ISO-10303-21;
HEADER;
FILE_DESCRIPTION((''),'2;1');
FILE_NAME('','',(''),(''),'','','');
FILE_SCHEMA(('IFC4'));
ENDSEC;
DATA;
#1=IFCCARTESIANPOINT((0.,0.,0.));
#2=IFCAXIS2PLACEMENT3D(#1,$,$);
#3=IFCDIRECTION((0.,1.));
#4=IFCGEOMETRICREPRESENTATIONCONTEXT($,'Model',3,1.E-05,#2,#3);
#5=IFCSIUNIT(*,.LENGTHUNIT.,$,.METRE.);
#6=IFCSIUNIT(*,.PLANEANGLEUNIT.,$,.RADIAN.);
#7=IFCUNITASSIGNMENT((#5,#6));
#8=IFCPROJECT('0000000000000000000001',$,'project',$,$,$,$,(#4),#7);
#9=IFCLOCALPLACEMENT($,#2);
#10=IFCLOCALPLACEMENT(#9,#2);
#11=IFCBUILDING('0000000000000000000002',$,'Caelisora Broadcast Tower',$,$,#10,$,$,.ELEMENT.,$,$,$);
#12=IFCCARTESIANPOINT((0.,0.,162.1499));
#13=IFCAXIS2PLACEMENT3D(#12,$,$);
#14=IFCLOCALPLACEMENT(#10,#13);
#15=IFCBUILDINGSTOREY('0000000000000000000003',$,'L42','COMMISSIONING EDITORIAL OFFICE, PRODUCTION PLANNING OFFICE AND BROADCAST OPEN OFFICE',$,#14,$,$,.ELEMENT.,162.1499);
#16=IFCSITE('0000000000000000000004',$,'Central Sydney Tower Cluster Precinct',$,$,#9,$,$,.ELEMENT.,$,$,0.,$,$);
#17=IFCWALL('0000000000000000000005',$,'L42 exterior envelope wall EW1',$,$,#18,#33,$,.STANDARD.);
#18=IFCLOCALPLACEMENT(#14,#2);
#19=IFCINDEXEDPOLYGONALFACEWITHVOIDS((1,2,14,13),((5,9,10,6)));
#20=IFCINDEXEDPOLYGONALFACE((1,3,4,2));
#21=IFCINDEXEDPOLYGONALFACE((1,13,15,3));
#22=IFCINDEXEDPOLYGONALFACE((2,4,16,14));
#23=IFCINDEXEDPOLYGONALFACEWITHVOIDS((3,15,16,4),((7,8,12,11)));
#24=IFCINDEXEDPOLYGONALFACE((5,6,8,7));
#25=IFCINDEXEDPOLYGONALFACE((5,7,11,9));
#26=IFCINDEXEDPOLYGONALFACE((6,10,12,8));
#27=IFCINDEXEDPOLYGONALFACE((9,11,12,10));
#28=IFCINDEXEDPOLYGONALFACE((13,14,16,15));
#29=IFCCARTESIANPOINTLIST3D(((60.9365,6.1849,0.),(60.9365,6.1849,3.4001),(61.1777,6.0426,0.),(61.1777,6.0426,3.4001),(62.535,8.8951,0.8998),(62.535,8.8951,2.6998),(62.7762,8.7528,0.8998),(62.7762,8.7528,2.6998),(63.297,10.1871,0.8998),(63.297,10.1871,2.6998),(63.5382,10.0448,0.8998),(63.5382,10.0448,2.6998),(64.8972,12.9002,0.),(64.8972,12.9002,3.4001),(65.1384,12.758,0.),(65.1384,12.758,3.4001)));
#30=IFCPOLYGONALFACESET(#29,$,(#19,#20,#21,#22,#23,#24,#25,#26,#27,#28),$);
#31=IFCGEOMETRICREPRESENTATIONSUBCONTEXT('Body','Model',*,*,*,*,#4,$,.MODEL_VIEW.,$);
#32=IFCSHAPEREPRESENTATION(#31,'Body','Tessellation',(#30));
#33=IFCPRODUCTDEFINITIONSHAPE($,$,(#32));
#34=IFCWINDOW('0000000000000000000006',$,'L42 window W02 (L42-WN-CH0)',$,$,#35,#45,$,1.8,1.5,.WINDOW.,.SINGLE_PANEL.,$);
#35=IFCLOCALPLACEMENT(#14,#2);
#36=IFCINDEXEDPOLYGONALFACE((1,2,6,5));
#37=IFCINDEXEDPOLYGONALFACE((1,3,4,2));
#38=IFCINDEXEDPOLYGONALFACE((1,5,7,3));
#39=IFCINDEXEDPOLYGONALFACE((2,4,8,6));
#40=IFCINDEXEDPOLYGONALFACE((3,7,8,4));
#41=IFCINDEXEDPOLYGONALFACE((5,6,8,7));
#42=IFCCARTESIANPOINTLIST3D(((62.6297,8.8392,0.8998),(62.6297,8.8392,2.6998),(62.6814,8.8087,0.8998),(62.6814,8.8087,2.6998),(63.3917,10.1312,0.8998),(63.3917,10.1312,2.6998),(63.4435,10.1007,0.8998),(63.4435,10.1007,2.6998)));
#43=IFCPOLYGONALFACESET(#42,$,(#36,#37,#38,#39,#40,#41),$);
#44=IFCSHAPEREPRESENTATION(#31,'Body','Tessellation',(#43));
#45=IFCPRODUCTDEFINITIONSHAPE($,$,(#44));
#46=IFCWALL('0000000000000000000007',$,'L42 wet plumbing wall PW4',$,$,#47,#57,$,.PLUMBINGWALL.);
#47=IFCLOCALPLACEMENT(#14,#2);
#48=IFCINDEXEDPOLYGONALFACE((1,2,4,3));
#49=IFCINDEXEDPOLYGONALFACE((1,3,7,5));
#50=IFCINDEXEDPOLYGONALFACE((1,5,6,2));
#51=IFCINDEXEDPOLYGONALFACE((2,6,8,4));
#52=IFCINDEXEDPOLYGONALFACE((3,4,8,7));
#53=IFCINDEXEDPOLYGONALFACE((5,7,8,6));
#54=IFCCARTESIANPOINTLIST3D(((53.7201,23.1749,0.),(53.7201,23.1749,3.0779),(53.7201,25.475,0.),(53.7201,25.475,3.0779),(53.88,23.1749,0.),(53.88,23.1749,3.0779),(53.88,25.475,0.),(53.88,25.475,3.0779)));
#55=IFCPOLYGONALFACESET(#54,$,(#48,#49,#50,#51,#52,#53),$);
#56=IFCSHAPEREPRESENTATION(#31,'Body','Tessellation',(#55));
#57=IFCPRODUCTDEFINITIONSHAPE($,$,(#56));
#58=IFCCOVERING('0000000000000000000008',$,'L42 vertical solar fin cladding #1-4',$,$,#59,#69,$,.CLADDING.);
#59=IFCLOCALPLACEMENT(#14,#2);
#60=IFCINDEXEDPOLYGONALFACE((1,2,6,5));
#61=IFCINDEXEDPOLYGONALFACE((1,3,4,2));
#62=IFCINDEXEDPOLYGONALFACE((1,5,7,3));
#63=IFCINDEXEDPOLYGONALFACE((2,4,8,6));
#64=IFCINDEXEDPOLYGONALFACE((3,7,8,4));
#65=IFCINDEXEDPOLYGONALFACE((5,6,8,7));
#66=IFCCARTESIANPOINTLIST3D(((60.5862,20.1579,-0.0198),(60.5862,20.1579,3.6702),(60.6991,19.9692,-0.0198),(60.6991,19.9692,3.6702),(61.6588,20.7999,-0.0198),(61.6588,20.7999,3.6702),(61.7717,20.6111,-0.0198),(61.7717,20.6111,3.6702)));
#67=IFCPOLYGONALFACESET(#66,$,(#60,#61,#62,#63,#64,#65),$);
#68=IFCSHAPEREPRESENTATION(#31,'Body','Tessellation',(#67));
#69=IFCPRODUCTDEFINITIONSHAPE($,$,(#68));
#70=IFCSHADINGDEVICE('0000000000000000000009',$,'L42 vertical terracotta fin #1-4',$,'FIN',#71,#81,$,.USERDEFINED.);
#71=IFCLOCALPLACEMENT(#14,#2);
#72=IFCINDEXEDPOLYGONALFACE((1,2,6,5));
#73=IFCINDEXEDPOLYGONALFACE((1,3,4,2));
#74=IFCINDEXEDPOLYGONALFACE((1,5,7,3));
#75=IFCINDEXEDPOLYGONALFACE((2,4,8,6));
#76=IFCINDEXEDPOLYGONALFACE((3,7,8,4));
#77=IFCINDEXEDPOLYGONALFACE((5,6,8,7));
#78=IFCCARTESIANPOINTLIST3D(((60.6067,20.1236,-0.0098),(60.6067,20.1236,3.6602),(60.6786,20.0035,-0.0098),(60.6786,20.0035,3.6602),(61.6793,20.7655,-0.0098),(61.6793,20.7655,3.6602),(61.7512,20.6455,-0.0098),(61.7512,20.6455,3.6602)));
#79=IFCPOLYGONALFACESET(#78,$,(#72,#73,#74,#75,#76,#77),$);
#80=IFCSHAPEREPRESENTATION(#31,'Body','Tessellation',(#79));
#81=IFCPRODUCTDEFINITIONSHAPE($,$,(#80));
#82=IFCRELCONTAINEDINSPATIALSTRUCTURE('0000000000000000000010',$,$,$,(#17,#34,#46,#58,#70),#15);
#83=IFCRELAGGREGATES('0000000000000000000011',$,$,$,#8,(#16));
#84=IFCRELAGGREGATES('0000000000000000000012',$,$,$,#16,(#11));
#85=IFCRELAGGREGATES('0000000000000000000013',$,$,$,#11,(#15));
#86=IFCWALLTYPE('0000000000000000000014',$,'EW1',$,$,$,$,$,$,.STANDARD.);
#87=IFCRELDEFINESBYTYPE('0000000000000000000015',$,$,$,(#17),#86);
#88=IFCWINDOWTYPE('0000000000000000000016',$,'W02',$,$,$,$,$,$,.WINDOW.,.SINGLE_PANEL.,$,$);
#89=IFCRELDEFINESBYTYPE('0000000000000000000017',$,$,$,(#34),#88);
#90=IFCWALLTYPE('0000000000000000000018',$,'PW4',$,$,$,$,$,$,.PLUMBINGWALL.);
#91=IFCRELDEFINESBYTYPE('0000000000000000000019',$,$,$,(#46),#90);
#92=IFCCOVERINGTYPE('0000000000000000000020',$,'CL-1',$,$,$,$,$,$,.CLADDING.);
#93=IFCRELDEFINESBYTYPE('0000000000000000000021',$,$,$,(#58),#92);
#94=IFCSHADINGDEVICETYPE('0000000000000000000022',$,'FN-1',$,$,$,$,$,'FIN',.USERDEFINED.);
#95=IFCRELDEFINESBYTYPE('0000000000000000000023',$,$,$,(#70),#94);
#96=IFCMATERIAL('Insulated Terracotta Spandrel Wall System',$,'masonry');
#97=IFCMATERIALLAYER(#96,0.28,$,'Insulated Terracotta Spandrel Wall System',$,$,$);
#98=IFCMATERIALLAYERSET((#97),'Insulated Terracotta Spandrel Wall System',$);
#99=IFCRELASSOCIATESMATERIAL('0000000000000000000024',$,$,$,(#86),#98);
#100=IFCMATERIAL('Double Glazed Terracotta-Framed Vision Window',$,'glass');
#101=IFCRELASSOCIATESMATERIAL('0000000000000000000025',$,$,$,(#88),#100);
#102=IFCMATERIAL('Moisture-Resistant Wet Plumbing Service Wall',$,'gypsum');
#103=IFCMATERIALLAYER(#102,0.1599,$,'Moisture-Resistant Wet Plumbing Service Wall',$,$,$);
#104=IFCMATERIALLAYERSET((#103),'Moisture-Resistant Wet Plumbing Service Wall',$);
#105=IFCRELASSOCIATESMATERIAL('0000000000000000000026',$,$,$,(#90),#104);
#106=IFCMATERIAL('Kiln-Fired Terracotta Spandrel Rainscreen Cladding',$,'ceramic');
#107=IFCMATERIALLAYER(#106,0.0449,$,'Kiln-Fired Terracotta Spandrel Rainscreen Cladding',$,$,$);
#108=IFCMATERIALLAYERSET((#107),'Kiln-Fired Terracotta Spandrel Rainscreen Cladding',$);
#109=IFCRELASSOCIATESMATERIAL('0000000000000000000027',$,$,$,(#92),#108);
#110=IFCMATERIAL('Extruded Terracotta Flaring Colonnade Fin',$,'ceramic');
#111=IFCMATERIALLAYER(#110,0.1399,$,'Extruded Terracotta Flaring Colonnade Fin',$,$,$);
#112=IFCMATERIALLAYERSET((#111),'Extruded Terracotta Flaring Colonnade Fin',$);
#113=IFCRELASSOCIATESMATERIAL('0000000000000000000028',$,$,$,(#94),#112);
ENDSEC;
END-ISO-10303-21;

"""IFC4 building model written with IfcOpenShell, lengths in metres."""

from ifc_helpers import new_model, si_unit, direction, frame, frame_2d, origin, origin_2d, place, context, subcontext, project, spatial, rectangle, extrude, source, transform, mapped, material, layer, layer_set, type_object, type_shapes, element, fill, save


model = new_model("IFC4")

# Units and contexts
model_context = context("Model", 3, precision=1e-05, world=origin(), true_north=direction((0.0, 1.0)))
body_context = subcontext(model_context, "Body", "Model", "MODEL_VIEW")
ifc_project = project(units=[si_unit("LENGTHUNIT", "METRE"), si_unit("PLANEANGLEUNIT", "RADIAN")], contexts=[model_context])

# Site, building, storey
site_placement = place(None, origin())
site = spatial("IfcSite", under=ifc_project, at=site_placement, Name="Central Sydney Tower Cluster Precinct", CompositionType="ELEMENT", RefElevation=0.0)
building_placement = place(site_placement, origin())
building = spatial("IfcBuilding", under=site, at=building_placement, Name="Caelisora Broadcast Tower", CompositionType="ELEMENT")
storey_placement = place(building_placement, frame((0.0, 0.0, 162.1499)))
storey = spatial("IfcBuildingStorey", under=building, at=storey_placement, Name="L42", Description="COMMISSIONING EDITORIAL OFFICE, PRODUCTION PLANNING OFFICE AND BROADCAST OPEN OFFICE", CompositionType="ELEMENT", Elevation=162.1499)

# Wall, opening, window
ifc_material_1 = material(Name="Insulated Terracotta Spandrel Wall System", Category="masonry")
ifc_layer_1 = layer(ifc_material_1, 0.28, Name="Insulated Terracotta Spandrel Wall System")
ifc_layer_set_1 = layer_set([ifc_layer_1], Name="Insulated Terracotta Spandrel Wall System")
wall_type_1 = type_object("IfcWallType", Name="EW1", PredefinedType="STANDARD", material=ifc_layer_set_1)
wall_1_placement = place(storey_placement, frame((65.0178, 12.8291, 0.0), z_axis=(0.0, 0.0, 1.0), x_axis=(-0.50802, -0.861345, 0.0)))
wall_1 = element("IfcWall", 1, at=wall_1_placement, inside=storey, type_object=wall_type_1, Name="L42 exterior envelope wall EW1", PredefinedType="STANDARD", context=body_context, shape_type="SweptSolid", body=[
    extrude(rectangle(XDim=7.7964, YDim=0.28, at=frame_2d((3.8982, 0.0))), origin(), (0.0, 0.0, 1.0), 3.4001),
])
opening_placement = place(wall_1_placement, frame((3.1499, 0.0, 0.8999)))
opening = element("IfcOpeningElement", 2, at=opening_placement, cuts=wall_1, PredefinedType="OPENING", context=body_context, shape_type="SweptSolid", body=[
    extrude(rectangle(XDim=1.5, YDim=1.8, at=frame_2d((0.75, 0.8999))), frame((0.0, 0.1521, 0.0), z_axis=(0.0, -1.0, 0.0), x_axis=(1.0, 0.0, 0.0)), (0.0, 0.0, 1.0), 0.304),
])
ifc_material_2 = material(Name="Double Glazed Terracotta-Framed Vision Window", Category="glass")
window_type = type_object("IfcWindowType", Name="W02", PartitioningType="SINGLE_PANEL", PredefinedType="WINDOW", material=ifc_material_2)
window_placement = place(opening_placement, origin())
window = element("IfcWindow", 3, at=window_placement, inside=storey, type_object=window_type, Name="L42 window W02 (L42-WN-CH0)", OverallHeight=1.8, OverallWidth=1.5, PartitioningType="SINGLE_PANEL", PredefinedType="WINDOW", context=body_context, shape_type="SweptSolid", body=[
    extrude(rectangle(XDim=1.5, YDim=1.8, at=frame_2d((0.75, 0.8999))), frame((0.0, 0.03, 0.0), z_axis=(0.0, -1.0, 0.0), x_axis=(1.0, 0.0, 0.0)), (0.0, 0.0, 1.0), 0.0601),
])
fill(opening, window)

# Wall
ifc_material_3 = material(Name="Moisture-Resistant Wet Plumbing Service Wall", Category="gypsum")
ifc_layer_2 = layer(ifc_material_3, 0.1599, Name="Moisture-Resistant Wet Plumbing Service Wall")
ifc_layer_set_2 = layer_set([ifc_layer_2], Name="Moisture-Resistant Wet Plumbing Service Wall")
wall_type_2 = type_object("IfcWallType", Name="PW4", PredefinedType="PLUMBINGWALL", material=ifc_layer_set_2)
wall_2_placement = place(storey_placement, frame((53.8, 23.175, 0.0), z_axis=(0.0, 0.0, 1.0), x_axis=(0.0, 1.0, 0.0)))
element("IfcWall", 4, at=wall_2_placement, inside=storey, type_object=wall_type_2, Name="L42 wet plumbing wall PW4", PredefinedType="PLUMBINGWALL", context=body_context, shape_type="SweptSolid", body=[
    extrude(rectangle(XDim=2.3, YDim=0.1599, at=frame_2d((1.1499, 0.0))), origin(), (0.0, 0.0, 1.0), 3.0779),
])

# Covering
ifc_material_4 = material(Name="Kiln-Fired Terracotta Spandrel Rainscreen Cladding", Category="ceramic")
ifc_layer_3 = layer(ifc_material_4, 0.0449, Name="Kiln-Fired Terracotta Spandrel Rainscreen Cladding")
ifc_layer_set_3 = layer_set([ifc_layer_3], Name="Kiln-Fired Terracotta Spandrel Rainscreen Cladding")
covering_type = type_object("IfcCoveringType", Name="CL-1", PredefinedType="CLADDING", material=ifc_layer_set_3)
shared_shape_1 = source(origin(), body_context, "Body", "SweptSolid", [
    extrude(rectangle(XDim=0.22, YDim=1.25, at=origin_2d()), origin(), (0.0, 0.0, 1.0), 3.6899),
])
type_shapes(covering_type, [shared_shape_1])
covering_placement = place(storey_placement, frame((61.179, 20.3845, -0.0198), z_axis=(0.0, 0.0, 1.0), x_axis=(0.513541, -0.858065, 0.0)))
element("IfcCovering", 5, at=covering_placement, inside=storey, type_object=covering_type, Name="L42 vertical solar fin cladding #1-4", PredefinedType="CLADDING", context=body_context, shape_type="MappedRepresentation", body=[
    mapped(shared_shape_1, transform((0.0, 0.0, 0.0), scale=1.0)),
])

# Shading device
ifc_material_5 = material(Name="Extruded Terracotta Flaring Colonnade Fin", Category="ceramic")
ifc_layer_4 = layer(ifc_material_5, 0.1399, Name="Extruded Terracotta Flaring Colonnade Fin")
ifc_layer_set_4 = layer_set([ifc_layer_4], Name="Extruded Terracotta Flaring Colonnade Fin")
shading_device_type = type_object("IfcShadingDeviceType", Name="FN-1", ElementType="FIN", PredefinedType="USERDEFINED", material=ifc_layer_set_4)
shared_shape_2 = source(origin(), body_context, "Body", "SweptSolid", [
    extrude(rectangle(XDim=0.1399, YDim=1.25, at=origin_2d()), origin(), (0.0, 0.0, 1.0), 3.6699),
])
type_shapes(shading_device_type, [shared_shape_2])
shading_device_placement = place(storey_placement, frame((61.179, 20.3845, -0.0098), z_axis=(0.0, 0.0, 1.0), x_axis=(0.513541, -0.858065, 0.0)))
element("IfcShadingDevice", 6, at=shading_device_placement, inside=storey, type_object=shading_device_type, Name="L42 vertical terracotta fin #1-4", ObjectType="FIN", PredefinedType="USERDEFINED", context=body_context, shape_type="MappedRepresentation", body=[
    mapped(shared_shape_2, transform((0.0, 0.0, 0.0), scale=1.0)),
])

save(model, "model.ifc")
